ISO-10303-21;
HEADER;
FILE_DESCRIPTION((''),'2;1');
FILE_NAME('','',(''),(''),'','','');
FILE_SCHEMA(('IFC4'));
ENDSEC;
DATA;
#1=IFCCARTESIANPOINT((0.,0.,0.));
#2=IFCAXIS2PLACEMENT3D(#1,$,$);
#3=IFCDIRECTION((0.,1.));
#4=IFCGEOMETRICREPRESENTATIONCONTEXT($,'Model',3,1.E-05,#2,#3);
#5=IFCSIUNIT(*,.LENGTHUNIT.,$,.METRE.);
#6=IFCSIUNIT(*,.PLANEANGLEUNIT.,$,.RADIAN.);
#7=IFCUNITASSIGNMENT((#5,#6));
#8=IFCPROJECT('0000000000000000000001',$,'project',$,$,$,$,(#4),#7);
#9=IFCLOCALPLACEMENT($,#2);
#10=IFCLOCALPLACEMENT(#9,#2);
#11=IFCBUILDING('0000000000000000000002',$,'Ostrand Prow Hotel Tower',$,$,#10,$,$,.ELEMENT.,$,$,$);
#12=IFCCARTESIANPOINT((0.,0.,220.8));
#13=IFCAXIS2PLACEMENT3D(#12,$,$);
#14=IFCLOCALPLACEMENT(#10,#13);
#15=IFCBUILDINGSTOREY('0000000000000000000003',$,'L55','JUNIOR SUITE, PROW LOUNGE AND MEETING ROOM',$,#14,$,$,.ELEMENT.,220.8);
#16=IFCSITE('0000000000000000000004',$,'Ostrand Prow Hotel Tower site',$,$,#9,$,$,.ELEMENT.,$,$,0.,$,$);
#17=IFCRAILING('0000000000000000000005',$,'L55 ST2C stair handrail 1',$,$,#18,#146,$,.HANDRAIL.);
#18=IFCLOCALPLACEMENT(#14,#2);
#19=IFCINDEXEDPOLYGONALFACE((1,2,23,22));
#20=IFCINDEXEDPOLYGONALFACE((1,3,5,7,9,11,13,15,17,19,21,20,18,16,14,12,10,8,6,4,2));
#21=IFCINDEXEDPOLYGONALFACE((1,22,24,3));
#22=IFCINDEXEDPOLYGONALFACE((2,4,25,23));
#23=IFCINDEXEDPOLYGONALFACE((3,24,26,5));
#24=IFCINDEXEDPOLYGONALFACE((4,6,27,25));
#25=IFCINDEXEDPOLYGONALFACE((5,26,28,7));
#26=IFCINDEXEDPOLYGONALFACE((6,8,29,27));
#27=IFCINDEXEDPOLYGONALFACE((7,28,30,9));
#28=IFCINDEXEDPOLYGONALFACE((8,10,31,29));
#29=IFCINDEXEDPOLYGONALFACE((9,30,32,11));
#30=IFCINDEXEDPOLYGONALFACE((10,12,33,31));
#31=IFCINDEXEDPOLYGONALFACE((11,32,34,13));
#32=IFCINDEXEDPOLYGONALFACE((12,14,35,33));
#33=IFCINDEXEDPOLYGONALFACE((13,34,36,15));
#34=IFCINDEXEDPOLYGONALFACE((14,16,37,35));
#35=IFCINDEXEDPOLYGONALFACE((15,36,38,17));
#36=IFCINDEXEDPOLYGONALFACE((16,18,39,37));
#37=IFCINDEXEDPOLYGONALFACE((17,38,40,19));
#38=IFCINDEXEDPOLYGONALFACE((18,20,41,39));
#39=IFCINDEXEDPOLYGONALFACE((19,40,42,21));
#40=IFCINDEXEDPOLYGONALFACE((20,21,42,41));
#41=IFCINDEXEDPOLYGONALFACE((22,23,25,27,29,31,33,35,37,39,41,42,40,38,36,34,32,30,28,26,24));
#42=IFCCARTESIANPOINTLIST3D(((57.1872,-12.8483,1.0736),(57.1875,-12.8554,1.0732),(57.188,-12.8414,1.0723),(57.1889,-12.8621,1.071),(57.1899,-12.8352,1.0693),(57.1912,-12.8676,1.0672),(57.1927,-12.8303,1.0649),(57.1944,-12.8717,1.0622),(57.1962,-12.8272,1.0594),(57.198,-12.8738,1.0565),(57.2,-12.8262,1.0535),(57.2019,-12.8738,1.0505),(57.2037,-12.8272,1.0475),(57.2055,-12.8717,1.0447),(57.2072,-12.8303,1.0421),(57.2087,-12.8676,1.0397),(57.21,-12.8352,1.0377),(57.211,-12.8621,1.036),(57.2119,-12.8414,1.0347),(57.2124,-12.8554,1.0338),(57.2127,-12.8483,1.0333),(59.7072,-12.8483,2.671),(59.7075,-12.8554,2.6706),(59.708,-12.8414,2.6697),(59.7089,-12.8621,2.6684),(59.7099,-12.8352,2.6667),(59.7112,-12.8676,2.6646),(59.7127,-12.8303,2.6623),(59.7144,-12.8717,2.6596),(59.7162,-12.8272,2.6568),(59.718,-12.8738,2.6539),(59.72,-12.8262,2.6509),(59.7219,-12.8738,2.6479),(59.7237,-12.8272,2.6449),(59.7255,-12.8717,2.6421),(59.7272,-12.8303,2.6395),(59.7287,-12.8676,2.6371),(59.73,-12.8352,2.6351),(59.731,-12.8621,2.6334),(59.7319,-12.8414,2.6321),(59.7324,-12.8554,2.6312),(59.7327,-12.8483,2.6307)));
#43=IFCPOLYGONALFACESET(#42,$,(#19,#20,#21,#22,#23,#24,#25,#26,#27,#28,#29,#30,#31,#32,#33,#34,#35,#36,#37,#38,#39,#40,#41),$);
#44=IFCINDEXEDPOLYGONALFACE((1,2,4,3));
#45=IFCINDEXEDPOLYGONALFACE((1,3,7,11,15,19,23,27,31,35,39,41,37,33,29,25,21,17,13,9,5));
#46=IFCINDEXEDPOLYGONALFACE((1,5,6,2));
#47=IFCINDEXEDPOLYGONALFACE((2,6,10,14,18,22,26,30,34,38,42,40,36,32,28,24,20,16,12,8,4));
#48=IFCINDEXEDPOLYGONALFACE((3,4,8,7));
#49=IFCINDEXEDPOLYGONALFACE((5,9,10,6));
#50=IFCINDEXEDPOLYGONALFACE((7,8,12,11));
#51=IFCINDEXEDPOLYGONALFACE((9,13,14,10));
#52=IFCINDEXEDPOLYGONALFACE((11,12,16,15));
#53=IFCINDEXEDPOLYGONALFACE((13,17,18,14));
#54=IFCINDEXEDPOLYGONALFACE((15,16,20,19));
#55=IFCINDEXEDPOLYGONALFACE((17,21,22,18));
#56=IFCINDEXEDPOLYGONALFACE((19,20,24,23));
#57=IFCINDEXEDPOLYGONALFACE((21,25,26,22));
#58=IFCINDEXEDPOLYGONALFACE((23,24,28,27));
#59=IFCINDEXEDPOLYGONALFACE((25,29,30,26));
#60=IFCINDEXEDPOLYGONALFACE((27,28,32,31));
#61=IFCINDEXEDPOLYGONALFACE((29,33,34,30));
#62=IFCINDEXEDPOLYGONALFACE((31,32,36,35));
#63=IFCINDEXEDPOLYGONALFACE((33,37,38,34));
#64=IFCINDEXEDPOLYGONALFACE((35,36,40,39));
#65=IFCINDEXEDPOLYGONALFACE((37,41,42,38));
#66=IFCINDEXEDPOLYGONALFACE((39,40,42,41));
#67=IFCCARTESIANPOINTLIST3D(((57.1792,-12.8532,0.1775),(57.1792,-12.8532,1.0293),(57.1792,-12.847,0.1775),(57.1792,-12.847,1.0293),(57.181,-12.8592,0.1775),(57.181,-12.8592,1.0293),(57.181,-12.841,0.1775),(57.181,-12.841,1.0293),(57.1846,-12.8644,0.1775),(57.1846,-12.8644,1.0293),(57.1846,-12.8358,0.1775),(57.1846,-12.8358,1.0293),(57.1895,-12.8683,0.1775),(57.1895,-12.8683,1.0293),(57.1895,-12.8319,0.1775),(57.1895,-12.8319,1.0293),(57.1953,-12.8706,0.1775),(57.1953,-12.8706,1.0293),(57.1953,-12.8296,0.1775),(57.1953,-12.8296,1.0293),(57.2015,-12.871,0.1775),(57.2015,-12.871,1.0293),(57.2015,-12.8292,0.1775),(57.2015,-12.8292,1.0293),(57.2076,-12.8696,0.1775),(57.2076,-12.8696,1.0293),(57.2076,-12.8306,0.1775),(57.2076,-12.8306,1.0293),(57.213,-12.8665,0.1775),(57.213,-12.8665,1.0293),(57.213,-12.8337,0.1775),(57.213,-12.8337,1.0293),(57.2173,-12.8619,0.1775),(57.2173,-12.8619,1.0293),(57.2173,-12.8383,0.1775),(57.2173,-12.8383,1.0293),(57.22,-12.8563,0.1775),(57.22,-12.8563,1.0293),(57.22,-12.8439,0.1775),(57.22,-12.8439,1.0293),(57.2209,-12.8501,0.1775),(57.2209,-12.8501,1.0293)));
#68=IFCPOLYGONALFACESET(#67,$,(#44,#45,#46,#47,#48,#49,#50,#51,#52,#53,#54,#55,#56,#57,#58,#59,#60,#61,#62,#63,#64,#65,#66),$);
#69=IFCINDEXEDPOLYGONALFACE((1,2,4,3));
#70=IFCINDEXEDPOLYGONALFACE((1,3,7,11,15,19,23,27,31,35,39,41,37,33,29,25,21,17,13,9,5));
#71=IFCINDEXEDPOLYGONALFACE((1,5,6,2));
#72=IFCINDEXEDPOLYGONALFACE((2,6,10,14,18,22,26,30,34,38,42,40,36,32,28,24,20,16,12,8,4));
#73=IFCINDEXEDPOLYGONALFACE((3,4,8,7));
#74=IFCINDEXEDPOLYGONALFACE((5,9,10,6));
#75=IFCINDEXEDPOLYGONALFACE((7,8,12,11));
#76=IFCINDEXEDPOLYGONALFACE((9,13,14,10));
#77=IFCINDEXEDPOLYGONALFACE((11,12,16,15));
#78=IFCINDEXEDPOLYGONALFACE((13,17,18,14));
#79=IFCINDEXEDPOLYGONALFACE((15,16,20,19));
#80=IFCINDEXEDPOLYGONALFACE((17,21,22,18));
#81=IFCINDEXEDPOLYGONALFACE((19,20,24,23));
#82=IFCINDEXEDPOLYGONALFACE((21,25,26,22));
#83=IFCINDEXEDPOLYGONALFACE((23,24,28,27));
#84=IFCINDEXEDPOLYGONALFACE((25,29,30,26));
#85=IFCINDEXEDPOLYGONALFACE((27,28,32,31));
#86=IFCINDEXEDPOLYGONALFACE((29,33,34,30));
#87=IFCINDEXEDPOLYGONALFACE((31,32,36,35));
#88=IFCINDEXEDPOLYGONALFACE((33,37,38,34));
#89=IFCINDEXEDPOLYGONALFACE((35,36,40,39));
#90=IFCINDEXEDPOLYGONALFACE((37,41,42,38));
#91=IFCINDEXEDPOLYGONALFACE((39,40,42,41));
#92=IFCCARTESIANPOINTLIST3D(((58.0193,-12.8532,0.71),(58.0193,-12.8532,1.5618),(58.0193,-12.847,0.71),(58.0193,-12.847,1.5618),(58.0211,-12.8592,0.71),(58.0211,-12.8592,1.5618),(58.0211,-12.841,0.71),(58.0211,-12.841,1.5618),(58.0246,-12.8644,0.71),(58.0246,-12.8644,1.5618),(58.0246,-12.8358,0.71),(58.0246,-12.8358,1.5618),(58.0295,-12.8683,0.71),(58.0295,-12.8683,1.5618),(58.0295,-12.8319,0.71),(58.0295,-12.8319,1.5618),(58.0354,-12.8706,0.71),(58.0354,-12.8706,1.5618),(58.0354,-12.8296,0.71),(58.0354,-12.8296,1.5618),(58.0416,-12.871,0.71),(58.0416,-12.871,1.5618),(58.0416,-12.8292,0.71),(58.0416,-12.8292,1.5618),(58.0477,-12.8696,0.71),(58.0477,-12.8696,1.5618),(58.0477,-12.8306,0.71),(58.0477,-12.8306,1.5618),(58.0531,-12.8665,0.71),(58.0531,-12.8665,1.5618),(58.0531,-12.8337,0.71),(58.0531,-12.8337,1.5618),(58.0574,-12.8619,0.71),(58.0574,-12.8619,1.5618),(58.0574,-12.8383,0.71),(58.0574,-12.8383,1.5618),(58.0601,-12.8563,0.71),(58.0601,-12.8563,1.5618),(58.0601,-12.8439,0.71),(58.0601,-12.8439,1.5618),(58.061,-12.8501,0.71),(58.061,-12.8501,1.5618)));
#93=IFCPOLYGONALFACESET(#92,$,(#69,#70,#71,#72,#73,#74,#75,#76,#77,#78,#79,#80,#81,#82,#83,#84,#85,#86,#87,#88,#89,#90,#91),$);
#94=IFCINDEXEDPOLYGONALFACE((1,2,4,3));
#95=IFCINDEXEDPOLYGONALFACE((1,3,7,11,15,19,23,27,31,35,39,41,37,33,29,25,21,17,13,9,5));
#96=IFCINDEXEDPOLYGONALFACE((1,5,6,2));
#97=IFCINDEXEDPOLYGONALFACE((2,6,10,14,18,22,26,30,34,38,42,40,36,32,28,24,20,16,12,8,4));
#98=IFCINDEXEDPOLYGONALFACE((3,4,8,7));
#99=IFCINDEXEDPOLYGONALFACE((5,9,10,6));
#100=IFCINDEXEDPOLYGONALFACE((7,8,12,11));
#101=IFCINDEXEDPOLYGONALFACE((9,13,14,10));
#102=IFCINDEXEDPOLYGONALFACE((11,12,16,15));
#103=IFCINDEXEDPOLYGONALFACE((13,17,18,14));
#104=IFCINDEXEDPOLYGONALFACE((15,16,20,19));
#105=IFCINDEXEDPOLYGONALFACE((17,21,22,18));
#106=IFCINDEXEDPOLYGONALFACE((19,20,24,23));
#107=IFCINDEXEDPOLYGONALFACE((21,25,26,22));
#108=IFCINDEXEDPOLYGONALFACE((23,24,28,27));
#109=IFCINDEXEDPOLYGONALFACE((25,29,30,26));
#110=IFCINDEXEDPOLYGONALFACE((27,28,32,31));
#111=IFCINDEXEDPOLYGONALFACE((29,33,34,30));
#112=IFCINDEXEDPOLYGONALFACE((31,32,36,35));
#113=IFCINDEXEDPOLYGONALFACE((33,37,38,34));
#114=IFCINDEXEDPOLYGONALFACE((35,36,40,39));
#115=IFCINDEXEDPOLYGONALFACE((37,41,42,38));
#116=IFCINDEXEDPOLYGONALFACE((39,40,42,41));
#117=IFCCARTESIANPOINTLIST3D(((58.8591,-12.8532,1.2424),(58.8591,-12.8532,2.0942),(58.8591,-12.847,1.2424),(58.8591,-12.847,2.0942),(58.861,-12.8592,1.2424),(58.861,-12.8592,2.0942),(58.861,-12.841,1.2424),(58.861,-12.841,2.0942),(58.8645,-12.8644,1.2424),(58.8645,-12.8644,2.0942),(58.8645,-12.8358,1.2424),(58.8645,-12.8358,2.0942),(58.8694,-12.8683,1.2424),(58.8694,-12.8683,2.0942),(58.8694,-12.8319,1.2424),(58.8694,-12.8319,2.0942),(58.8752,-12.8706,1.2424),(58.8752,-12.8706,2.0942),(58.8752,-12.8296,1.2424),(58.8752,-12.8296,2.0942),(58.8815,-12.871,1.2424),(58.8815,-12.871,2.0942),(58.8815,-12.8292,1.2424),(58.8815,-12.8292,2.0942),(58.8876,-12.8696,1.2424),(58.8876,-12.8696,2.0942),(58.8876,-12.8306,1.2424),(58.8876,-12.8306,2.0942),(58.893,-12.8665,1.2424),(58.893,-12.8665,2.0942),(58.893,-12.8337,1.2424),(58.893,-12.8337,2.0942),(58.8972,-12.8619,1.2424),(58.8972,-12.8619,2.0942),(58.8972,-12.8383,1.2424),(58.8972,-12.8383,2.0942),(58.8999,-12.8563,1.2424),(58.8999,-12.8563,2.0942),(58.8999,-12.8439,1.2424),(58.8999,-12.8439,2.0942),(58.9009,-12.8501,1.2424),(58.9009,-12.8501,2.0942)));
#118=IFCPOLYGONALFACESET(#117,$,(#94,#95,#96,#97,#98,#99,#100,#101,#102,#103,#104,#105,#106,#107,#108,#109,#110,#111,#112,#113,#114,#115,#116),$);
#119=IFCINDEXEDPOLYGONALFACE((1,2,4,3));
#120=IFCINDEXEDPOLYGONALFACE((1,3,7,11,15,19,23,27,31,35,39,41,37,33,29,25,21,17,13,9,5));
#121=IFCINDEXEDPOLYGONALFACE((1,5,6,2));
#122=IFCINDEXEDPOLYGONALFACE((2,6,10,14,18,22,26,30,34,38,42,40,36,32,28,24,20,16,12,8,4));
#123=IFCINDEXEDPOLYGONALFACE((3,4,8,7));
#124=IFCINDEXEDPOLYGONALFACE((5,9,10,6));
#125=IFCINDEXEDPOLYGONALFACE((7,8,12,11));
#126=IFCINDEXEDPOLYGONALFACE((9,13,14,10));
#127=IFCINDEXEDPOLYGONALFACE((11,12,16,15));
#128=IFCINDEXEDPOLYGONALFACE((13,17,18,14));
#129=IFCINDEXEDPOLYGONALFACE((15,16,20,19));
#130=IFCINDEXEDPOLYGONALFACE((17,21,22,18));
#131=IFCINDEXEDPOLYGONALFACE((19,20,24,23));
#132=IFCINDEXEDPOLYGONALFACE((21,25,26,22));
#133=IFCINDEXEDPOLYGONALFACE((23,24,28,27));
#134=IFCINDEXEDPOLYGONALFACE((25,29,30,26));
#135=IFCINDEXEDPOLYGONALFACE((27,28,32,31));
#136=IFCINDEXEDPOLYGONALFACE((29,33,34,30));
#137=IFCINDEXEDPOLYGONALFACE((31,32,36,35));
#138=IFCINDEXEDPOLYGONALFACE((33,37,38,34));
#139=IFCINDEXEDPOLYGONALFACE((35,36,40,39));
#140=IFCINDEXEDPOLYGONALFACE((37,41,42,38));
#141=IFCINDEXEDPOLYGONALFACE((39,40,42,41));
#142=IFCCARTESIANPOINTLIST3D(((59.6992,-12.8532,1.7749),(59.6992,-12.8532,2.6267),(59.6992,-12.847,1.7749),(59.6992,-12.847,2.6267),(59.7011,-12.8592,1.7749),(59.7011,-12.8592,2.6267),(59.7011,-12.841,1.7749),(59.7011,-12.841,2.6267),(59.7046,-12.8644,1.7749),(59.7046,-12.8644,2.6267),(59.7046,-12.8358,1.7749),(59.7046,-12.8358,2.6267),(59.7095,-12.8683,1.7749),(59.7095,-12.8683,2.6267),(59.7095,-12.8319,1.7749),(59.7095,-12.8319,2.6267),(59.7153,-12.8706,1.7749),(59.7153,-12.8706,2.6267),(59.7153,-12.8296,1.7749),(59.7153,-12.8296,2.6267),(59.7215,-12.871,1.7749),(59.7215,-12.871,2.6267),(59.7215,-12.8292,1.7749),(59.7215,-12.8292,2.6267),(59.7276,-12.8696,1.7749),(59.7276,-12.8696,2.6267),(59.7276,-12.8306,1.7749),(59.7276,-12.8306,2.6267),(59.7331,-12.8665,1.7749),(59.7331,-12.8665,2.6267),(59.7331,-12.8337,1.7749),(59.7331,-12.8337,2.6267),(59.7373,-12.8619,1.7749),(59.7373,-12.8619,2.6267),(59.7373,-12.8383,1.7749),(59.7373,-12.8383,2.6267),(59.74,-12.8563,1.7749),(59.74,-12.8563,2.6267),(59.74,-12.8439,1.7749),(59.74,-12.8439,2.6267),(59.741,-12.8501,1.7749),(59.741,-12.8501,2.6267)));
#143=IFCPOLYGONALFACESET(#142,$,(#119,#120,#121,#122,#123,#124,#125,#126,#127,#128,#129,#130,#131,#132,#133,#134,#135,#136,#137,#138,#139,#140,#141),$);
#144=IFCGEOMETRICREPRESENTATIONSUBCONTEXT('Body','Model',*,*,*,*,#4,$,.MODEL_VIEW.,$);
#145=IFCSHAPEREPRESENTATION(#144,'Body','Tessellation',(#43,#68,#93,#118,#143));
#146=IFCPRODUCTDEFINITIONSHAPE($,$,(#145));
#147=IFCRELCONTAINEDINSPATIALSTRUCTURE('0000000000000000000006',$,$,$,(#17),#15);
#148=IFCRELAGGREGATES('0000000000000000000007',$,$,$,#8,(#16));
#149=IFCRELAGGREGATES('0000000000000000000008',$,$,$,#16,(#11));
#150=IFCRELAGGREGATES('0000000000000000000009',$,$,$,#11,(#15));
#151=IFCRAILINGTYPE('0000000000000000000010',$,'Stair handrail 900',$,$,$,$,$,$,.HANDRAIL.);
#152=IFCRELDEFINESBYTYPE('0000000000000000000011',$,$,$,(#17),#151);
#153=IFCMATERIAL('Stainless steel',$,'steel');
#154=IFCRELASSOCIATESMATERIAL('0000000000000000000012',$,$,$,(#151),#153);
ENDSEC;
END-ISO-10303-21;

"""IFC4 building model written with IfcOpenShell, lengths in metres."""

from ifc_helpers import new_model, si_unit, direction, frame, origin, origin_2d, place, context, subcontext, project, spatial, circle, extrude, material, type_object, element, save


model = new_model("IFC4")

# Units and contexts
model_context = context("Model", 3, precision=1e-05, world=origin(), true_north=direction((0.0, 1.0)))
body_context = subcontext(model_context, "Body", "Model", "MODEL_VIEW")
ifc_project = project(units=[si_unit("LENGTHUNIT", "METRE"), si_unit("PLANEANGLEUNIT", "RADIAN")], contexts=[model_context])

# Site, building, storey
site_placement = place(None, origin())
site = spatial("IfcSite", under=ifc_project, at=site_placement, Name="Ostrand Prow Hotel Tower site", CompositionType="ELEMENT", RefElevation=0.0)
building_placement = place(site_placement, origin())
building = spatial("IfcBuilding", under=site, at=building_placement, Name="Ostrand Prow Hotel Tower", CompositionType="ELEMENT")
storey_placement = place(building_placement, frame((0.0, 0.0, 220.8)))
storey = spatial("IfcBuildingStorey", under=building, at=storey_placement, Name="L55", Description="JUNIOR SUITE, PROW LOUNGE AND MEETING ROOM", CompositionType="ELEMENT", Elevation=220.8)

# Railing
ifc_material_1 = material(Name="Stainless steel", Category="steel")
railing_type_1 = type_object("IfcRailingType", Name="Stair handrail 900", PredefinedType="HANDRAIL", material=ifc_material_1)
railing_1_placement = place(storey_placement, frame((57.2, -12.8501, 0.1775)))
element("IfcRailing", 1, at=railing_1_placement, inside=storey, type_object=railing_type_1, Name="L55 ST2C stair handrail 1", PredefinedType="HANDRAIL", context=body_context, shape_type="SweptSolid", body=[
    extrude(circle(Radius=0.0239, at=origin_2d()), frame((0.0, 0.0, 0.876), z_axis=(0.844607, 0.0, 0.535387), x_axis=(0.0, 1.0, 0.0)), (0.0, 0.0, 1.0), 2.9836),
    extrude(circle(Radius=0.021, at=origin_2d()), origin(), (0.0, 0.0, 1.0), 0.8518),
    extrude(circle(Radius=0.021, at=origin_2d()), frame((0.8401, 0.0, 0.5325)), (0.0, 0.0, 1.0), 0.8518),
    extrude(circle(Radius=0.021, at=origin_2d()), frame((1.6799, 0.0, 1.0649)), (0.0, 0.0, 1.0), 0.8518),
    extrude(circle(Radius=0.021, at=origin_2d()), frame((2.52, 0.0, 1.5974)), (0.0, 0.0, 1.0), 0.8518),
])

save(model, "model.ifc")
